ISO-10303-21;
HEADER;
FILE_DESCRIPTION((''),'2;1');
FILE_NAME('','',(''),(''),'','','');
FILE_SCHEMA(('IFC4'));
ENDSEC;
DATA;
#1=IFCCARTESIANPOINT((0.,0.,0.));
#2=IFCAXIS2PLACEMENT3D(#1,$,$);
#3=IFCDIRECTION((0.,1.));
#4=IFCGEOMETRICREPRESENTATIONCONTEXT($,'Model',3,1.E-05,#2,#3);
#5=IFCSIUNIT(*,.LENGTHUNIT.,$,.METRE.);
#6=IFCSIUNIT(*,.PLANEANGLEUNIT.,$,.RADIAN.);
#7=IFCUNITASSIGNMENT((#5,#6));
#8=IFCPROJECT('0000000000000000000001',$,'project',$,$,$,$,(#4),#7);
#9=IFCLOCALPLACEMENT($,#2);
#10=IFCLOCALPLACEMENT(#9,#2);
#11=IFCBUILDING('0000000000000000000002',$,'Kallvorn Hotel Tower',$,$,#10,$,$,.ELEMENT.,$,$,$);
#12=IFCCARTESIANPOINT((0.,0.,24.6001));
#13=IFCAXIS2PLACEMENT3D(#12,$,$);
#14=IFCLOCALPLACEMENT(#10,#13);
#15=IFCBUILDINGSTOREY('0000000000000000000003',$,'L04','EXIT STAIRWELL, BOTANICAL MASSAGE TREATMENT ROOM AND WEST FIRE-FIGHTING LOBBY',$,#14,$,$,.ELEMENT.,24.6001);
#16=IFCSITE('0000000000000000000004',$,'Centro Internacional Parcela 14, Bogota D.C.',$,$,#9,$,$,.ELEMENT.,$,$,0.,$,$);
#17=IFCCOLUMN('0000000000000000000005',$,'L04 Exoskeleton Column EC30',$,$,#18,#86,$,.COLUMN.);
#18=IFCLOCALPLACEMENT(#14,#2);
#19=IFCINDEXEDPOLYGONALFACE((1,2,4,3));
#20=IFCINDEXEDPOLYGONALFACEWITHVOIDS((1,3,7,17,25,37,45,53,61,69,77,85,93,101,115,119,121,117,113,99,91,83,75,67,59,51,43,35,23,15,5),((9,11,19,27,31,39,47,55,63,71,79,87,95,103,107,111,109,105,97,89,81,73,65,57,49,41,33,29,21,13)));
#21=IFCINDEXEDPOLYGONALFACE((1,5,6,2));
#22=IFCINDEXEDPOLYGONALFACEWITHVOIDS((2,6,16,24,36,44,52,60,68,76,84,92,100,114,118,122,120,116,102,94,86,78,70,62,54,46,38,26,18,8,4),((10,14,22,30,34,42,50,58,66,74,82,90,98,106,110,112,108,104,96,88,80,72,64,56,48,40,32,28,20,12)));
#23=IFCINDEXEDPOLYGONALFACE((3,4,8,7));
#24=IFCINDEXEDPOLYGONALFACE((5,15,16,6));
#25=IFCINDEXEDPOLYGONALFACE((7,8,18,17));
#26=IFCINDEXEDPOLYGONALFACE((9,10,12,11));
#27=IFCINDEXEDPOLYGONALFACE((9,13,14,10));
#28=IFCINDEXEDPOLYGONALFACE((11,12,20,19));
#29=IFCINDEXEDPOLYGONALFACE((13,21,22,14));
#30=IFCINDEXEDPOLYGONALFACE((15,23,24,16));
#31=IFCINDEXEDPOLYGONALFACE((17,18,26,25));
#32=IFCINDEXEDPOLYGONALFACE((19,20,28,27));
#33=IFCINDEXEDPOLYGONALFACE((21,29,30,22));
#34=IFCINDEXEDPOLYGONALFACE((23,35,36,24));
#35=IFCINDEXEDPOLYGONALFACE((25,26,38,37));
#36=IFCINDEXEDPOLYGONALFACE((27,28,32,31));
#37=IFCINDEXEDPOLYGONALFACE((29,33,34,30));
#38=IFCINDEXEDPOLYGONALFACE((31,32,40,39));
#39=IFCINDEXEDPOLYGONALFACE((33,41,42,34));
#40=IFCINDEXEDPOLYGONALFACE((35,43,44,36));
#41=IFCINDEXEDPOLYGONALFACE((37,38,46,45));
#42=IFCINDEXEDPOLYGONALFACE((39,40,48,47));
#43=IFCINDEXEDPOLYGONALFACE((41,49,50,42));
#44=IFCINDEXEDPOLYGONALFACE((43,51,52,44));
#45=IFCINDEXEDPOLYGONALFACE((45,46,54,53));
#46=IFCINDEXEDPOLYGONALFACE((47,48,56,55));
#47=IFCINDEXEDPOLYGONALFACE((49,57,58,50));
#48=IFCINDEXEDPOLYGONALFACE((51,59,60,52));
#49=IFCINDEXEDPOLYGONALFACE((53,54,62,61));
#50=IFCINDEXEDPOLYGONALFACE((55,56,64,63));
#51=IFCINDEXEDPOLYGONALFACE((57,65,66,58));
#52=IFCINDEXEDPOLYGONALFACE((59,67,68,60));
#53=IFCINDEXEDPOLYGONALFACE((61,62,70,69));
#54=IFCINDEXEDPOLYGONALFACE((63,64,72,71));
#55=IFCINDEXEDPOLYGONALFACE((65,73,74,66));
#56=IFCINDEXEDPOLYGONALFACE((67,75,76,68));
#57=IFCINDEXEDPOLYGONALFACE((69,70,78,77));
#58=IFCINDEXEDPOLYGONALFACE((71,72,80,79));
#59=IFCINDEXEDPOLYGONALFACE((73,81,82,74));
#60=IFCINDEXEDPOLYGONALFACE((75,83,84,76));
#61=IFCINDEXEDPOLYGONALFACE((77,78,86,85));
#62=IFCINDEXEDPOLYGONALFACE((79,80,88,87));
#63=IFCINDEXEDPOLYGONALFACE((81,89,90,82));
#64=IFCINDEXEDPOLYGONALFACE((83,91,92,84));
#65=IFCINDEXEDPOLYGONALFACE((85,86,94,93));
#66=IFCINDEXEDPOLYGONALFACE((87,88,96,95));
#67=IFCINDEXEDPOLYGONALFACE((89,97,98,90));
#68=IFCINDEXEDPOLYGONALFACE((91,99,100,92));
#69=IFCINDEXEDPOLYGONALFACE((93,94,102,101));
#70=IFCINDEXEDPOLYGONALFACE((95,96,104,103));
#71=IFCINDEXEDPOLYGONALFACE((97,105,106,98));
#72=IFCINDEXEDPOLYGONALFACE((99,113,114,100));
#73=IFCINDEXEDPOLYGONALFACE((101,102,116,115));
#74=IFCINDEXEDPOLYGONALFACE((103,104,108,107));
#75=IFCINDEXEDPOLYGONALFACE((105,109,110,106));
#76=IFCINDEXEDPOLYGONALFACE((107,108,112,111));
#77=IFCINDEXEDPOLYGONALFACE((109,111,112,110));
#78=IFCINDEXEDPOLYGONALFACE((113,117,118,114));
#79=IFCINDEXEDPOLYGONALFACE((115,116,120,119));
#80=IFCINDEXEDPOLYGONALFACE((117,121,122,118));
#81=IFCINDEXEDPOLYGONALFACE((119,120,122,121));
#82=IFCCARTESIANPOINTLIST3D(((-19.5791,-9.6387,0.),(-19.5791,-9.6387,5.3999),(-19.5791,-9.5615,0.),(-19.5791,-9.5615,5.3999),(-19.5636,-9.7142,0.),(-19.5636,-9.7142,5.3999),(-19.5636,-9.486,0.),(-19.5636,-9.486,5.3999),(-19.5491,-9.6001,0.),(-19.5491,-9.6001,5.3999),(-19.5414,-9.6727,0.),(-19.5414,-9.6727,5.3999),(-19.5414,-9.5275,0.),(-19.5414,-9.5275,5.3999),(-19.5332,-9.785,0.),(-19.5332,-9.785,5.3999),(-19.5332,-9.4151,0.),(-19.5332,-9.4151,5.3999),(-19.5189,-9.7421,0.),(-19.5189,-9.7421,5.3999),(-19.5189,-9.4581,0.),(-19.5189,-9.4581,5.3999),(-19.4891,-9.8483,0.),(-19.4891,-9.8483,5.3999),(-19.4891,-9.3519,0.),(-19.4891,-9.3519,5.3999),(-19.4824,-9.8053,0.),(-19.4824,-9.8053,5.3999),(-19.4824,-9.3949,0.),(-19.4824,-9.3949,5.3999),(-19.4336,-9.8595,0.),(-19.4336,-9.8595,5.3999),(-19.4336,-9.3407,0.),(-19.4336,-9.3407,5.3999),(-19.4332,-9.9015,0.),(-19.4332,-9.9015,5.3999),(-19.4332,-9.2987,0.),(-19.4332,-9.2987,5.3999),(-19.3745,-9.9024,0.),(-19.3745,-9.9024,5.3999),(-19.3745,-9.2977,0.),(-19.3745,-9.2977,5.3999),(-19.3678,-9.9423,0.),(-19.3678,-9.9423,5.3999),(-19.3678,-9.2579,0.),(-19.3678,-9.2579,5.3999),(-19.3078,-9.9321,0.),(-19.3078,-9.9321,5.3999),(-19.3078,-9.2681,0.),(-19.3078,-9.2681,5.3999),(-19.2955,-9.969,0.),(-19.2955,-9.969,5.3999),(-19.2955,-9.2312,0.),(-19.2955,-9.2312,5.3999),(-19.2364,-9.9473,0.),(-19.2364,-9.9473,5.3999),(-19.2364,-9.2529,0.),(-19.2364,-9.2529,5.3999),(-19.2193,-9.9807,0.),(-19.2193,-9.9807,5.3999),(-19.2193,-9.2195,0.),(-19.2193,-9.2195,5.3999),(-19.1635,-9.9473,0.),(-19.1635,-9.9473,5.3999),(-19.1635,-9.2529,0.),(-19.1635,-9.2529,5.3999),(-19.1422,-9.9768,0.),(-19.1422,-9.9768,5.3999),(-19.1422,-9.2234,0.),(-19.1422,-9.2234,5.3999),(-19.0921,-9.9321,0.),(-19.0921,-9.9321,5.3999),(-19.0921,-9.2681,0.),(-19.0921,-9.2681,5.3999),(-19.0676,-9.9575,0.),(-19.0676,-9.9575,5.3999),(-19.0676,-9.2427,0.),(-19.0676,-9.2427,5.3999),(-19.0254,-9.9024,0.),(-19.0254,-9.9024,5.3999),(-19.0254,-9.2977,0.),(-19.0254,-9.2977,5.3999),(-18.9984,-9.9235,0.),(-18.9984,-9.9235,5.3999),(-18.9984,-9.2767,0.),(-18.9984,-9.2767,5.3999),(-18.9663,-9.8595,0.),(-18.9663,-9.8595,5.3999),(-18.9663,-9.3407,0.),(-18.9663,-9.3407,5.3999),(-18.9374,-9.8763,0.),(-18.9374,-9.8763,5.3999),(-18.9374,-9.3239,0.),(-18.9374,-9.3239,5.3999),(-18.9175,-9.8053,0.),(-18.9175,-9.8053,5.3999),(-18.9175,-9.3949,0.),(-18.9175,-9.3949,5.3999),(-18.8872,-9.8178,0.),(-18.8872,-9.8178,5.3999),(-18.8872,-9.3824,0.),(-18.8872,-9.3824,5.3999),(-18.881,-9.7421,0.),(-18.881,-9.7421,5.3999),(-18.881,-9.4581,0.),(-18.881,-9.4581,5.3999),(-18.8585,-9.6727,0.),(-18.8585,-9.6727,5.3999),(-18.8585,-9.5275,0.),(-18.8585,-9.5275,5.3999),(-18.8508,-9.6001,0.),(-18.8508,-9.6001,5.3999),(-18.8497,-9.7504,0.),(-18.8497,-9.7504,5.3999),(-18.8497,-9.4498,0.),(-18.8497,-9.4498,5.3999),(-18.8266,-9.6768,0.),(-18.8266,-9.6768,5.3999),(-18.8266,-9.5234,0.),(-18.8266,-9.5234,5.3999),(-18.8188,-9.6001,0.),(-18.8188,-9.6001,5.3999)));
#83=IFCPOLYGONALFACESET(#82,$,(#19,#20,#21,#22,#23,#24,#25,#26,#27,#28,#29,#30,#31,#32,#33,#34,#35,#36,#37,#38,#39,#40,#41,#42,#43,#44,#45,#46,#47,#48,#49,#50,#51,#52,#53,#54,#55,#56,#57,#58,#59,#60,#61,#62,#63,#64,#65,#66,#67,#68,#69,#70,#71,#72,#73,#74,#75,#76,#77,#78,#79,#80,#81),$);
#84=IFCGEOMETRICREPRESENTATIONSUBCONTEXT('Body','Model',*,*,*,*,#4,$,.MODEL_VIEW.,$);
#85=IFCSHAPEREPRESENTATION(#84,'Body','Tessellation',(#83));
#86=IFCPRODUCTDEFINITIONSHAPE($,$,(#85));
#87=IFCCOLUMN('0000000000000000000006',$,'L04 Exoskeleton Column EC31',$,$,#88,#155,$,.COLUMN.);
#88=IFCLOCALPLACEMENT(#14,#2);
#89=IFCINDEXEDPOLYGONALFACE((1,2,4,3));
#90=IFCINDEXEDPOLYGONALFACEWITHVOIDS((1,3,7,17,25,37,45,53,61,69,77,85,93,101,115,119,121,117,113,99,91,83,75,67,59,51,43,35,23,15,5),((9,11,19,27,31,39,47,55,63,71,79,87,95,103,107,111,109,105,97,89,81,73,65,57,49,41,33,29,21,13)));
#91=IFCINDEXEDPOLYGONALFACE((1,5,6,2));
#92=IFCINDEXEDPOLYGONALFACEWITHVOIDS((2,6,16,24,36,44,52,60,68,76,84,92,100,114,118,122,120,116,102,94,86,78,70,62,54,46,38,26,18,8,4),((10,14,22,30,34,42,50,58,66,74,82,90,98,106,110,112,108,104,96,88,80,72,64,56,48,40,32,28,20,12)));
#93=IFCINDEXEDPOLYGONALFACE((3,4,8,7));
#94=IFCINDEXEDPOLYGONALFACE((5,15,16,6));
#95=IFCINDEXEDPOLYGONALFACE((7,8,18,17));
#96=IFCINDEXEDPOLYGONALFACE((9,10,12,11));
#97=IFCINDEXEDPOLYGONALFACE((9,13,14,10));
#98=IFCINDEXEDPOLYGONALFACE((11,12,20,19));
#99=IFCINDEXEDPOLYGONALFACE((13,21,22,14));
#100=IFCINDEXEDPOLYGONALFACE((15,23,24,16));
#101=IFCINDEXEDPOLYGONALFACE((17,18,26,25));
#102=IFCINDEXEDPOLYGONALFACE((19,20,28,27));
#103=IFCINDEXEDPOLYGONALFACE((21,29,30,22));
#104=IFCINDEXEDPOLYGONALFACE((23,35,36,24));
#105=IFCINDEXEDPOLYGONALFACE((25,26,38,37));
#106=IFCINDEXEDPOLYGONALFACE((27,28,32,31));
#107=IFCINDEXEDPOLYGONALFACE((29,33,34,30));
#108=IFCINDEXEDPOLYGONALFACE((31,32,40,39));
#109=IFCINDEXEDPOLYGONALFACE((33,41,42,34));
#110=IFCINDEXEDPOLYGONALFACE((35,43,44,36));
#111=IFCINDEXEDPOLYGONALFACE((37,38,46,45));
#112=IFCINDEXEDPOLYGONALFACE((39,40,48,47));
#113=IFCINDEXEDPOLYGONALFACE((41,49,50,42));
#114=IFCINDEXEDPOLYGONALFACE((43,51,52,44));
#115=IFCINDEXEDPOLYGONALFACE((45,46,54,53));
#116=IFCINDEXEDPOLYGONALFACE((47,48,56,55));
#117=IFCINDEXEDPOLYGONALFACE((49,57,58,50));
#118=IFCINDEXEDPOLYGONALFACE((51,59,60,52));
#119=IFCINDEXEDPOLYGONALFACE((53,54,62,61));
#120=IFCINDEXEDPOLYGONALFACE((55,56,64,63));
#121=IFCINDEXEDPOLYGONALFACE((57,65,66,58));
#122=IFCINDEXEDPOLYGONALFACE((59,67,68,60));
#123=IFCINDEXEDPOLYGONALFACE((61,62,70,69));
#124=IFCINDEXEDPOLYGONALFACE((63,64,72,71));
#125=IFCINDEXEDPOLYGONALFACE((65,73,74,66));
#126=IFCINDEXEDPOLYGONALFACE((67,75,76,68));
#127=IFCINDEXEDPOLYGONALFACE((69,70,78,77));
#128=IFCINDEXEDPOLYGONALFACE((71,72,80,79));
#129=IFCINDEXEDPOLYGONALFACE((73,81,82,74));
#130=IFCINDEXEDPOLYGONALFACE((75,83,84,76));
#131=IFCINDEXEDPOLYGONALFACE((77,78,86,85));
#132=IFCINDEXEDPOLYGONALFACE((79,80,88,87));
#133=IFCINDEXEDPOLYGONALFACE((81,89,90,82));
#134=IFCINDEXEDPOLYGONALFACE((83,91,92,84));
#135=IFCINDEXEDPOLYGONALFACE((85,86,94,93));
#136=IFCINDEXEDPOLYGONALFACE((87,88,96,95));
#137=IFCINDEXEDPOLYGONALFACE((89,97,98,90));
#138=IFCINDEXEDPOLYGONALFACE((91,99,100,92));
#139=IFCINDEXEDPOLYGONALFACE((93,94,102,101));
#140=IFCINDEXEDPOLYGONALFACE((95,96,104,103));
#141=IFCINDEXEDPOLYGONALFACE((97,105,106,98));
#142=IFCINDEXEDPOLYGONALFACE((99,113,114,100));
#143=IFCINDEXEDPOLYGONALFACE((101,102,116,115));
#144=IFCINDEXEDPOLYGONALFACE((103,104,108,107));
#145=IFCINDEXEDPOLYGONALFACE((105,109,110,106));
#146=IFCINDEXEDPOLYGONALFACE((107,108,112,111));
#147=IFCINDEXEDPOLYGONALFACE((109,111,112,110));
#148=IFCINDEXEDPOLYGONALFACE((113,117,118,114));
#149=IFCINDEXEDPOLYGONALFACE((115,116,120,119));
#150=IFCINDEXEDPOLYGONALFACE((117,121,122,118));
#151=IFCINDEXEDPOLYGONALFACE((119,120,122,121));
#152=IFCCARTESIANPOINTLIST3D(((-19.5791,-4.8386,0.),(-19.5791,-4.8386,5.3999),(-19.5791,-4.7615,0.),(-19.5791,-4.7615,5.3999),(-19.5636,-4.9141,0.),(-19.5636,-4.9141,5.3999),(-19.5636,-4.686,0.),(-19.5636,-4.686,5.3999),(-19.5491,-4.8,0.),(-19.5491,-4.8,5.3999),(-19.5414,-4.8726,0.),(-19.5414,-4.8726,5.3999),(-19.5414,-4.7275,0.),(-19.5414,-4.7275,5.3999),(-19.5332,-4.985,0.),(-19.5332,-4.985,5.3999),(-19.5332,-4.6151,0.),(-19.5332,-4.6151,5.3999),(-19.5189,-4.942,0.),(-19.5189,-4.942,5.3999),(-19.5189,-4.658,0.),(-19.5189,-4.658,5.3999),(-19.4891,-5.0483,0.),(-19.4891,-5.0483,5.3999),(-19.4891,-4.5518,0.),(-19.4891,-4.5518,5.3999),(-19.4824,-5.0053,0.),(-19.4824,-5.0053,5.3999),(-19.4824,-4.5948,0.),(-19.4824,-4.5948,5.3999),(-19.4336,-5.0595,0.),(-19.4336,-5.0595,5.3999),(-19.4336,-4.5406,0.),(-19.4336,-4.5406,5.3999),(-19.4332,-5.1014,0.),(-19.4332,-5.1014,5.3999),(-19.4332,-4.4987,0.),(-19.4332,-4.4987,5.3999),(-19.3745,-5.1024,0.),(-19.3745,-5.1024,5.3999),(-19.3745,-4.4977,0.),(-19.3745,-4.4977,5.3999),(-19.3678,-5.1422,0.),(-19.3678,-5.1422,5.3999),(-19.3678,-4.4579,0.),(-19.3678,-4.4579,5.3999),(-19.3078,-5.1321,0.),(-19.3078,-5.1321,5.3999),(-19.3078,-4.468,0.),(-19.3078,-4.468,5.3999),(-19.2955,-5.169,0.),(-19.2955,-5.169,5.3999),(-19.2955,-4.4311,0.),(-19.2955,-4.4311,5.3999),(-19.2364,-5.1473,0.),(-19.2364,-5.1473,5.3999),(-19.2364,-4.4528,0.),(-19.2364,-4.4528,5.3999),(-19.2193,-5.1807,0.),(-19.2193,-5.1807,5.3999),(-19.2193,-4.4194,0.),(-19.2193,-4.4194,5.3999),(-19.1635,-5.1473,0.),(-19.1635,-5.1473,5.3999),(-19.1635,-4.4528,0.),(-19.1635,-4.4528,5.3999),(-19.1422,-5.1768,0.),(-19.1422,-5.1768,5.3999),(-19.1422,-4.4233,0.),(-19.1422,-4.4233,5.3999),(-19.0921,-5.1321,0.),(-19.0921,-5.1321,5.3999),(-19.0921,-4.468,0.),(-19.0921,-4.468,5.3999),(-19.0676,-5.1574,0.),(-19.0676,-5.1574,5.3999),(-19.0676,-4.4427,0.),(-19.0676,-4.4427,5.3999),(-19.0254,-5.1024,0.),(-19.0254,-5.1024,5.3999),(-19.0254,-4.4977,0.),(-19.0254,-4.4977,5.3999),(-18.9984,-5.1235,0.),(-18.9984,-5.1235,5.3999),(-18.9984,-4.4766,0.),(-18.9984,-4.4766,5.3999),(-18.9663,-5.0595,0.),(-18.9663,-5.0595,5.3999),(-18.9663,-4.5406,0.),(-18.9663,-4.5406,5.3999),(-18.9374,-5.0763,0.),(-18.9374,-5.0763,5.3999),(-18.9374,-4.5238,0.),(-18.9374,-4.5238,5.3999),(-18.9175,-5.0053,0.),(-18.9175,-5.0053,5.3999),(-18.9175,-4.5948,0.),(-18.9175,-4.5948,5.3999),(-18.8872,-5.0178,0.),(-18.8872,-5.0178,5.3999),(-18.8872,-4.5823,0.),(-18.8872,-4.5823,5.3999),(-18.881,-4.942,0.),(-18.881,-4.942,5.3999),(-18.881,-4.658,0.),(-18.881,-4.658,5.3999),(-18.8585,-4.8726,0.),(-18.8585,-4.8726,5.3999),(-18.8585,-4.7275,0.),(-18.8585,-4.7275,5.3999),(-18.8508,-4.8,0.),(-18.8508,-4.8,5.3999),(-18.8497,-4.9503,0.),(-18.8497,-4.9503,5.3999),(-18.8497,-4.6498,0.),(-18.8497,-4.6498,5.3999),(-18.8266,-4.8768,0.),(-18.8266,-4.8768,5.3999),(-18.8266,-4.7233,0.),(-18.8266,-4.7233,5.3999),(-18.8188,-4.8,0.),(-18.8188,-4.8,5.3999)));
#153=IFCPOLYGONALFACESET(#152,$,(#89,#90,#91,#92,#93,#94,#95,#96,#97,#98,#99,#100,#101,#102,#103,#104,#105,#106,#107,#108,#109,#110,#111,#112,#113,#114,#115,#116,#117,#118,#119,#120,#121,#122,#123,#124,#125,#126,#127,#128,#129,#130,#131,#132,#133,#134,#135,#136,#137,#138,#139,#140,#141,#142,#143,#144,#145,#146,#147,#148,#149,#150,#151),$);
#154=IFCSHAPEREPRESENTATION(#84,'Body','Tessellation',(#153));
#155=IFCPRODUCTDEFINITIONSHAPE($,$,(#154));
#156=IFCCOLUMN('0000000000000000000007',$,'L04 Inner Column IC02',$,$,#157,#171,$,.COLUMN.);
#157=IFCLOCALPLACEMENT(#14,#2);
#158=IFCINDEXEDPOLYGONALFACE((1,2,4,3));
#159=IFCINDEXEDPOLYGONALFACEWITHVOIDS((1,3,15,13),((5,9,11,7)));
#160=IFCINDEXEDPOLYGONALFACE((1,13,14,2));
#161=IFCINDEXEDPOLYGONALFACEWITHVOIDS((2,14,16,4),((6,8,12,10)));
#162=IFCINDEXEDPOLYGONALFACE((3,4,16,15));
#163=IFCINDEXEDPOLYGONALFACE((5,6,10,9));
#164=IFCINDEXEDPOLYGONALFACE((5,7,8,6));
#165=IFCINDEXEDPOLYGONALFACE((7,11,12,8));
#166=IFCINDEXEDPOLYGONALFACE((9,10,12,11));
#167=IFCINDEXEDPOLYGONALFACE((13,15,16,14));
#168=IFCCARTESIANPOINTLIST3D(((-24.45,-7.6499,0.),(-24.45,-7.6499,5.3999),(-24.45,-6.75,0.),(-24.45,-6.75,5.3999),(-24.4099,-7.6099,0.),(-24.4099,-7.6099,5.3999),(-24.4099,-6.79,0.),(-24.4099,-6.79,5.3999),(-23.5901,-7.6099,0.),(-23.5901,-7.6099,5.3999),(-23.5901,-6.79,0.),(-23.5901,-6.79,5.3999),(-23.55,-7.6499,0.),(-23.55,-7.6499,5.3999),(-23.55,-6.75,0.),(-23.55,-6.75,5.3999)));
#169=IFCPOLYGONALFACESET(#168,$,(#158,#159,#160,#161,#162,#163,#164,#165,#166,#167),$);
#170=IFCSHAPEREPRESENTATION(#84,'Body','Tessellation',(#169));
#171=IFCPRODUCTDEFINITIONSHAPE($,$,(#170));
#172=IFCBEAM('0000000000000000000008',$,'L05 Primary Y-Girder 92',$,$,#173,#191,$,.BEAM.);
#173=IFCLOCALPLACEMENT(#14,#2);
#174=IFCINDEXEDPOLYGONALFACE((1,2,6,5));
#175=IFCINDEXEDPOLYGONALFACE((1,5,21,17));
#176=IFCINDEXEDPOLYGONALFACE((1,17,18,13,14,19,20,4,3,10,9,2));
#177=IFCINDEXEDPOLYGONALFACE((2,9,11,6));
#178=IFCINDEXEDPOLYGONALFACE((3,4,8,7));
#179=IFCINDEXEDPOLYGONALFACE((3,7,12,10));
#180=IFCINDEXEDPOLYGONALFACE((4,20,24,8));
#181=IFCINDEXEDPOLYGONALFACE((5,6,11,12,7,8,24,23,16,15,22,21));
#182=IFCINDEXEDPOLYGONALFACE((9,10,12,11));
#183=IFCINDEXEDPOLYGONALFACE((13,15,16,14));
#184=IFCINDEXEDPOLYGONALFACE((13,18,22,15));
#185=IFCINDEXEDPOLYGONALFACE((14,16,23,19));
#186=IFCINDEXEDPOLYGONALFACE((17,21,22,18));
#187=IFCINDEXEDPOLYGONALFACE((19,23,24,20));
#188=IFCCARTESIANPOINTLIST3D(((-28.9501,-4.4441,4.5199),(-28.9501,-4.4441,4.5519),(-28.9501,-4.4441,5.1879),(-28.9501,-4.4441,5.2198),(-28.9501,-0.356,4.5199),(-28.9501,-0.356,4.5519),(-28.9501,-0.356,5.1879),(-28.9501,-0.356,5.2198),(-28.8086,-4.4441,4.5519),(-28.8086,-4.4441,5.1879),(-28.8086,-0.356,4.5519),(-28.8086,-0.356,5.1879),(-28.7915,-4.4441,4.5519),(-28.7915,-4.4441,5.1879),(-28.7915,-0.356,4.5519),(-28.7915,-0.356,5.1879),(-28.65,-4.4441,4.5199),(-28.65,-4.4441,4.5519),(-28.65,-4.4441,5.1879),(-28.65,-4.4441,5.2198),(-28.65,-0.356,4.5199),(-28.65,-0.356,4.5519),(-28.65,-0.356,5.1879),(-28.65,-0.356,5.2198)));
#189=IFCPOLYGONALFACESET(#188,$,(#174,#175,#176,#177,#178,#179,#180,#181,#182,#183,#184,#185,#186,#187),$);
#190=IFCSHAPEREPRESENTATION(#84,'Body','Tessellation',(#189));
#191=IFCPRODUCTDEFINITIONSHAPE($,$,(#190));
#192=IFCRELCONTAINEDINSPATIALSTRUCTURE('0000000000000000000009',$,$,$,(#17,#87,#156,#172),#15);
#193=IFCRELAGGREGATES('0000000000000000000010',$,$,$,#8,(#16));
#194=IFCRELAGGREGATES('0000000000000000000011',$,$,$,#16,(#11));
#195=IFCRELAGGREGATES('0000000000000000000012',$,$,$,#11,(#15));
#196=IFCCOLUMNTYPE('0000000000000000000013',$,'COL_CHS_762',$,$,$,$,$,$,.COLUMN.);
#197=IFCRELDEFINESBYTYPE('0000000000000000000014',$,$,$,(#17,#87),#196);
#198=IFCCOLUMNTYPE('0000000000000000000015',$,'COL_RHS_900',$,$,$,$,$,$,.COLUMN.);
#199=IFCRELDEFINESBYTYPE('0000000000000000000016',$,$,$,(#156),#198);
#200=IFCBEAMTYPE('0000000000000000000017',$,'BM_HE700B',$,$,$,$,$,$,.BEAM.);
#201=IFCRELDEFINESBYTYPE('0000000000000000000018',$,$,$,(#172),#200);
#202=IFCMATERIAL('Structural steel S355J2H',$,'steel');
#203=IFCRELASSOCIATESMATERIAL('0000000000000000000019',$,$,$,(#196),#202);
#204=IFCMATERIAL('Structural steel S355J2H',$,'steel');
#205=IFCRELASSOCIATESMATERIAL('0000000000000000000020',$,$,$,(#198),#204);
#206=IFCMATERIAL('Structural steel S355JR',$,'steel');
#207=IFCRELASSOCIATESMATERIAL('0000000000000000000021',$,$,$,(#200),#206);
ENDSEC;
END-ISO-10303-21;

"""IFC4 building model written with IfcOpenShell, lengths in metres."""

from ifc_helpers import new_model, si_unit, direction, frame, origin, origin_2d, place, context, subcontext, project, spatial, hollow_rectangle, hollow_circle, i_section, extrude, material, material_profile, profile_set, type_object, element, save


model = new_model("IFC4")

# Units and contexts
model_context = context("Model", 3, precision=1e-05, world=origin(), true_north=direction((0.0, 1.0)))
body_context = subcontext(model_context, "Body", "Model", "MODEL_VIEW")
ifc_project = project(units=[si_unit("LENGTHUNIT", "METRE"), si_unit("PLANEANGLEUNIT", "RADIAN")], contexts=[model_context])

# Site, building, storey
site_placement = place(None, origin())
site = spatial("IfcSite", under=ifc_project, at=site_placement, Name="Centro Internacional Parcela 14, Bogota D.C.", CompositionType="ELEMENT", RefElevation=0.0)
building_placement = place(site_placement, origin())
building = spatial("IfcBuilding", under=site, at=building_placement, Name="Kallvorn Hotel Tower", CompositionType="ELEMENT")
storey_placement = place(building_placement, frame((0.0, 0.0, 24.6001)))
storey = spatial("IfcBuildingStorey", under=building, at=storey_placement, Name="L04", Description="EXIT STAIRWELL, BOTANICAL MASSAGE TREATMENT ROOM AND WEST FIRE-FIGHTING LOBBY", CompositionType="ELEMENT", Elevation=24.6001)

# Columns
ifc_material_1 = material(Name="Structural steel S355J2H", Category="steel")
ifc_material_profile_1 = material_profile(ifc_material_1, hollow_circle(Radius=0.3811, WallThickness=0.032, at=origin_2d()), Name="CHS 762x32")
ifc_profile_set_1 = profile_set([ifc_material_profile_1], Name="Structural steel S355J2H")
column_type_1 = type_object("IfcColumnType", Name="COL_CHS_762", PredefinedType="COLUMN", material=ifc_profile_set_1)
for number, where, z_axis, x_axis, name in (
    (1, (-19.2, -9.6001, 0.0), (0.0, 0.0, 1.0), (1.0, 0.0, 0.0), "L04 Exoskeleton Column EC30"),
    (2, (-19.2, -4.8, 0.0), (0.0, 0.0, 1.0), (1.0, 0.0, 0.0), "L04 Exoskeleton Column EC31"),
):
    element("IfcColumn", number, at=place(storey_placement, frame(where, z_axis=z_axis, x_axis=x_axis)), inside=storey, type_object=column_type_1, Name=name, PredefinedType="COLUMN", context=body_context, shape_type="SweptSolid", body=[
        extrude(hollow_circle(Radius=0.3811, WallThickness=0.032, at=origin_2d()), origin(), (0.0, 0.0, 1.0), 5.3999),
    ])
ifc_material_2 = material(Name="Structural steel S355J2H", Category="steel")
ifc_material_profile_2 = material_profile(ifc_material_2, hollow_rectangle(XDim=0.8999, YDim=0.8999, WallThickness=0.04, at=origin_2d()), Name="RHS 900x900x40")
ifc_profile_set_2 = profile_set([ifc_material_profile_2], Name="Structural steel S355J2H")
column_type_2 = type_object("IfcColumnType", Name="COL_RHS_900", PredefinedType="COLUMN", material=ifc_profile_set_2)
column_placement = place(storey_placement, frame((-24.0, -7.2, 0.0), z_axis=(0.0, 0.0, 1.0), x_axis=(1.0, 0.0, 0.0)))
element("IfcColumn", 3, at=column_placement, inside=storey, type_object=column_type_2, Name="L04 Inner Column IC02", PredefinedType="COLUMN", context=body_context, shape_type="SweptSolid", body=[
    extrude(hollow_rectangle(XDim=0.8999, YDim=0.8999, WallThickness=0.04, at=origin_2d()), origin(), (0.0, 0.0, 1.0), 5.3999),
])

# Beam
ifc_material_3 = material(Name="Structural steel S355JR", Category="steel")
ifc_material_profile_3 = material_profile(ifc_material_3, i_section(OverallWidth=0.3, OverallDepth=0.7, WebThickness=0.0171, FlangeThickness=0.032, at=origin_2d()), Name="HE 700 B")
ifc_profile_set_3 = profile_set([ifc_material_profile_3], Name="Structural steel S355JR")
beam_type_1 = type_object("IfcBeamType", Name="BM_HE700B", PredefinedType="BEAM", material=ifc_profile_set_3)
beam_1_placement = place(storey_placement, frame((-28.8, -4.4441, 4.8699), z_axis=(0.0, 1.0, 0.0), x_axis=(-1.0, 0.0, 0.0)))
element("IfcBeam", 4, at=beam_1_placement, inside=storey, type_object=beam_type_1, Name="L05 Primary Y-Girder 92", PredefinedType="BEAM", context=body_context, shape_type="SweptSolid", body=[
    extrude(i_section(OverallWidth=0.3, OverallDepth=0.7, WebThickness=0.0171, FlangeThickness=0.032, at=origin_2d()), origin(), (0.0, 0.0, 1.0), 4.0881),
])

save(model, "model.ifc")
